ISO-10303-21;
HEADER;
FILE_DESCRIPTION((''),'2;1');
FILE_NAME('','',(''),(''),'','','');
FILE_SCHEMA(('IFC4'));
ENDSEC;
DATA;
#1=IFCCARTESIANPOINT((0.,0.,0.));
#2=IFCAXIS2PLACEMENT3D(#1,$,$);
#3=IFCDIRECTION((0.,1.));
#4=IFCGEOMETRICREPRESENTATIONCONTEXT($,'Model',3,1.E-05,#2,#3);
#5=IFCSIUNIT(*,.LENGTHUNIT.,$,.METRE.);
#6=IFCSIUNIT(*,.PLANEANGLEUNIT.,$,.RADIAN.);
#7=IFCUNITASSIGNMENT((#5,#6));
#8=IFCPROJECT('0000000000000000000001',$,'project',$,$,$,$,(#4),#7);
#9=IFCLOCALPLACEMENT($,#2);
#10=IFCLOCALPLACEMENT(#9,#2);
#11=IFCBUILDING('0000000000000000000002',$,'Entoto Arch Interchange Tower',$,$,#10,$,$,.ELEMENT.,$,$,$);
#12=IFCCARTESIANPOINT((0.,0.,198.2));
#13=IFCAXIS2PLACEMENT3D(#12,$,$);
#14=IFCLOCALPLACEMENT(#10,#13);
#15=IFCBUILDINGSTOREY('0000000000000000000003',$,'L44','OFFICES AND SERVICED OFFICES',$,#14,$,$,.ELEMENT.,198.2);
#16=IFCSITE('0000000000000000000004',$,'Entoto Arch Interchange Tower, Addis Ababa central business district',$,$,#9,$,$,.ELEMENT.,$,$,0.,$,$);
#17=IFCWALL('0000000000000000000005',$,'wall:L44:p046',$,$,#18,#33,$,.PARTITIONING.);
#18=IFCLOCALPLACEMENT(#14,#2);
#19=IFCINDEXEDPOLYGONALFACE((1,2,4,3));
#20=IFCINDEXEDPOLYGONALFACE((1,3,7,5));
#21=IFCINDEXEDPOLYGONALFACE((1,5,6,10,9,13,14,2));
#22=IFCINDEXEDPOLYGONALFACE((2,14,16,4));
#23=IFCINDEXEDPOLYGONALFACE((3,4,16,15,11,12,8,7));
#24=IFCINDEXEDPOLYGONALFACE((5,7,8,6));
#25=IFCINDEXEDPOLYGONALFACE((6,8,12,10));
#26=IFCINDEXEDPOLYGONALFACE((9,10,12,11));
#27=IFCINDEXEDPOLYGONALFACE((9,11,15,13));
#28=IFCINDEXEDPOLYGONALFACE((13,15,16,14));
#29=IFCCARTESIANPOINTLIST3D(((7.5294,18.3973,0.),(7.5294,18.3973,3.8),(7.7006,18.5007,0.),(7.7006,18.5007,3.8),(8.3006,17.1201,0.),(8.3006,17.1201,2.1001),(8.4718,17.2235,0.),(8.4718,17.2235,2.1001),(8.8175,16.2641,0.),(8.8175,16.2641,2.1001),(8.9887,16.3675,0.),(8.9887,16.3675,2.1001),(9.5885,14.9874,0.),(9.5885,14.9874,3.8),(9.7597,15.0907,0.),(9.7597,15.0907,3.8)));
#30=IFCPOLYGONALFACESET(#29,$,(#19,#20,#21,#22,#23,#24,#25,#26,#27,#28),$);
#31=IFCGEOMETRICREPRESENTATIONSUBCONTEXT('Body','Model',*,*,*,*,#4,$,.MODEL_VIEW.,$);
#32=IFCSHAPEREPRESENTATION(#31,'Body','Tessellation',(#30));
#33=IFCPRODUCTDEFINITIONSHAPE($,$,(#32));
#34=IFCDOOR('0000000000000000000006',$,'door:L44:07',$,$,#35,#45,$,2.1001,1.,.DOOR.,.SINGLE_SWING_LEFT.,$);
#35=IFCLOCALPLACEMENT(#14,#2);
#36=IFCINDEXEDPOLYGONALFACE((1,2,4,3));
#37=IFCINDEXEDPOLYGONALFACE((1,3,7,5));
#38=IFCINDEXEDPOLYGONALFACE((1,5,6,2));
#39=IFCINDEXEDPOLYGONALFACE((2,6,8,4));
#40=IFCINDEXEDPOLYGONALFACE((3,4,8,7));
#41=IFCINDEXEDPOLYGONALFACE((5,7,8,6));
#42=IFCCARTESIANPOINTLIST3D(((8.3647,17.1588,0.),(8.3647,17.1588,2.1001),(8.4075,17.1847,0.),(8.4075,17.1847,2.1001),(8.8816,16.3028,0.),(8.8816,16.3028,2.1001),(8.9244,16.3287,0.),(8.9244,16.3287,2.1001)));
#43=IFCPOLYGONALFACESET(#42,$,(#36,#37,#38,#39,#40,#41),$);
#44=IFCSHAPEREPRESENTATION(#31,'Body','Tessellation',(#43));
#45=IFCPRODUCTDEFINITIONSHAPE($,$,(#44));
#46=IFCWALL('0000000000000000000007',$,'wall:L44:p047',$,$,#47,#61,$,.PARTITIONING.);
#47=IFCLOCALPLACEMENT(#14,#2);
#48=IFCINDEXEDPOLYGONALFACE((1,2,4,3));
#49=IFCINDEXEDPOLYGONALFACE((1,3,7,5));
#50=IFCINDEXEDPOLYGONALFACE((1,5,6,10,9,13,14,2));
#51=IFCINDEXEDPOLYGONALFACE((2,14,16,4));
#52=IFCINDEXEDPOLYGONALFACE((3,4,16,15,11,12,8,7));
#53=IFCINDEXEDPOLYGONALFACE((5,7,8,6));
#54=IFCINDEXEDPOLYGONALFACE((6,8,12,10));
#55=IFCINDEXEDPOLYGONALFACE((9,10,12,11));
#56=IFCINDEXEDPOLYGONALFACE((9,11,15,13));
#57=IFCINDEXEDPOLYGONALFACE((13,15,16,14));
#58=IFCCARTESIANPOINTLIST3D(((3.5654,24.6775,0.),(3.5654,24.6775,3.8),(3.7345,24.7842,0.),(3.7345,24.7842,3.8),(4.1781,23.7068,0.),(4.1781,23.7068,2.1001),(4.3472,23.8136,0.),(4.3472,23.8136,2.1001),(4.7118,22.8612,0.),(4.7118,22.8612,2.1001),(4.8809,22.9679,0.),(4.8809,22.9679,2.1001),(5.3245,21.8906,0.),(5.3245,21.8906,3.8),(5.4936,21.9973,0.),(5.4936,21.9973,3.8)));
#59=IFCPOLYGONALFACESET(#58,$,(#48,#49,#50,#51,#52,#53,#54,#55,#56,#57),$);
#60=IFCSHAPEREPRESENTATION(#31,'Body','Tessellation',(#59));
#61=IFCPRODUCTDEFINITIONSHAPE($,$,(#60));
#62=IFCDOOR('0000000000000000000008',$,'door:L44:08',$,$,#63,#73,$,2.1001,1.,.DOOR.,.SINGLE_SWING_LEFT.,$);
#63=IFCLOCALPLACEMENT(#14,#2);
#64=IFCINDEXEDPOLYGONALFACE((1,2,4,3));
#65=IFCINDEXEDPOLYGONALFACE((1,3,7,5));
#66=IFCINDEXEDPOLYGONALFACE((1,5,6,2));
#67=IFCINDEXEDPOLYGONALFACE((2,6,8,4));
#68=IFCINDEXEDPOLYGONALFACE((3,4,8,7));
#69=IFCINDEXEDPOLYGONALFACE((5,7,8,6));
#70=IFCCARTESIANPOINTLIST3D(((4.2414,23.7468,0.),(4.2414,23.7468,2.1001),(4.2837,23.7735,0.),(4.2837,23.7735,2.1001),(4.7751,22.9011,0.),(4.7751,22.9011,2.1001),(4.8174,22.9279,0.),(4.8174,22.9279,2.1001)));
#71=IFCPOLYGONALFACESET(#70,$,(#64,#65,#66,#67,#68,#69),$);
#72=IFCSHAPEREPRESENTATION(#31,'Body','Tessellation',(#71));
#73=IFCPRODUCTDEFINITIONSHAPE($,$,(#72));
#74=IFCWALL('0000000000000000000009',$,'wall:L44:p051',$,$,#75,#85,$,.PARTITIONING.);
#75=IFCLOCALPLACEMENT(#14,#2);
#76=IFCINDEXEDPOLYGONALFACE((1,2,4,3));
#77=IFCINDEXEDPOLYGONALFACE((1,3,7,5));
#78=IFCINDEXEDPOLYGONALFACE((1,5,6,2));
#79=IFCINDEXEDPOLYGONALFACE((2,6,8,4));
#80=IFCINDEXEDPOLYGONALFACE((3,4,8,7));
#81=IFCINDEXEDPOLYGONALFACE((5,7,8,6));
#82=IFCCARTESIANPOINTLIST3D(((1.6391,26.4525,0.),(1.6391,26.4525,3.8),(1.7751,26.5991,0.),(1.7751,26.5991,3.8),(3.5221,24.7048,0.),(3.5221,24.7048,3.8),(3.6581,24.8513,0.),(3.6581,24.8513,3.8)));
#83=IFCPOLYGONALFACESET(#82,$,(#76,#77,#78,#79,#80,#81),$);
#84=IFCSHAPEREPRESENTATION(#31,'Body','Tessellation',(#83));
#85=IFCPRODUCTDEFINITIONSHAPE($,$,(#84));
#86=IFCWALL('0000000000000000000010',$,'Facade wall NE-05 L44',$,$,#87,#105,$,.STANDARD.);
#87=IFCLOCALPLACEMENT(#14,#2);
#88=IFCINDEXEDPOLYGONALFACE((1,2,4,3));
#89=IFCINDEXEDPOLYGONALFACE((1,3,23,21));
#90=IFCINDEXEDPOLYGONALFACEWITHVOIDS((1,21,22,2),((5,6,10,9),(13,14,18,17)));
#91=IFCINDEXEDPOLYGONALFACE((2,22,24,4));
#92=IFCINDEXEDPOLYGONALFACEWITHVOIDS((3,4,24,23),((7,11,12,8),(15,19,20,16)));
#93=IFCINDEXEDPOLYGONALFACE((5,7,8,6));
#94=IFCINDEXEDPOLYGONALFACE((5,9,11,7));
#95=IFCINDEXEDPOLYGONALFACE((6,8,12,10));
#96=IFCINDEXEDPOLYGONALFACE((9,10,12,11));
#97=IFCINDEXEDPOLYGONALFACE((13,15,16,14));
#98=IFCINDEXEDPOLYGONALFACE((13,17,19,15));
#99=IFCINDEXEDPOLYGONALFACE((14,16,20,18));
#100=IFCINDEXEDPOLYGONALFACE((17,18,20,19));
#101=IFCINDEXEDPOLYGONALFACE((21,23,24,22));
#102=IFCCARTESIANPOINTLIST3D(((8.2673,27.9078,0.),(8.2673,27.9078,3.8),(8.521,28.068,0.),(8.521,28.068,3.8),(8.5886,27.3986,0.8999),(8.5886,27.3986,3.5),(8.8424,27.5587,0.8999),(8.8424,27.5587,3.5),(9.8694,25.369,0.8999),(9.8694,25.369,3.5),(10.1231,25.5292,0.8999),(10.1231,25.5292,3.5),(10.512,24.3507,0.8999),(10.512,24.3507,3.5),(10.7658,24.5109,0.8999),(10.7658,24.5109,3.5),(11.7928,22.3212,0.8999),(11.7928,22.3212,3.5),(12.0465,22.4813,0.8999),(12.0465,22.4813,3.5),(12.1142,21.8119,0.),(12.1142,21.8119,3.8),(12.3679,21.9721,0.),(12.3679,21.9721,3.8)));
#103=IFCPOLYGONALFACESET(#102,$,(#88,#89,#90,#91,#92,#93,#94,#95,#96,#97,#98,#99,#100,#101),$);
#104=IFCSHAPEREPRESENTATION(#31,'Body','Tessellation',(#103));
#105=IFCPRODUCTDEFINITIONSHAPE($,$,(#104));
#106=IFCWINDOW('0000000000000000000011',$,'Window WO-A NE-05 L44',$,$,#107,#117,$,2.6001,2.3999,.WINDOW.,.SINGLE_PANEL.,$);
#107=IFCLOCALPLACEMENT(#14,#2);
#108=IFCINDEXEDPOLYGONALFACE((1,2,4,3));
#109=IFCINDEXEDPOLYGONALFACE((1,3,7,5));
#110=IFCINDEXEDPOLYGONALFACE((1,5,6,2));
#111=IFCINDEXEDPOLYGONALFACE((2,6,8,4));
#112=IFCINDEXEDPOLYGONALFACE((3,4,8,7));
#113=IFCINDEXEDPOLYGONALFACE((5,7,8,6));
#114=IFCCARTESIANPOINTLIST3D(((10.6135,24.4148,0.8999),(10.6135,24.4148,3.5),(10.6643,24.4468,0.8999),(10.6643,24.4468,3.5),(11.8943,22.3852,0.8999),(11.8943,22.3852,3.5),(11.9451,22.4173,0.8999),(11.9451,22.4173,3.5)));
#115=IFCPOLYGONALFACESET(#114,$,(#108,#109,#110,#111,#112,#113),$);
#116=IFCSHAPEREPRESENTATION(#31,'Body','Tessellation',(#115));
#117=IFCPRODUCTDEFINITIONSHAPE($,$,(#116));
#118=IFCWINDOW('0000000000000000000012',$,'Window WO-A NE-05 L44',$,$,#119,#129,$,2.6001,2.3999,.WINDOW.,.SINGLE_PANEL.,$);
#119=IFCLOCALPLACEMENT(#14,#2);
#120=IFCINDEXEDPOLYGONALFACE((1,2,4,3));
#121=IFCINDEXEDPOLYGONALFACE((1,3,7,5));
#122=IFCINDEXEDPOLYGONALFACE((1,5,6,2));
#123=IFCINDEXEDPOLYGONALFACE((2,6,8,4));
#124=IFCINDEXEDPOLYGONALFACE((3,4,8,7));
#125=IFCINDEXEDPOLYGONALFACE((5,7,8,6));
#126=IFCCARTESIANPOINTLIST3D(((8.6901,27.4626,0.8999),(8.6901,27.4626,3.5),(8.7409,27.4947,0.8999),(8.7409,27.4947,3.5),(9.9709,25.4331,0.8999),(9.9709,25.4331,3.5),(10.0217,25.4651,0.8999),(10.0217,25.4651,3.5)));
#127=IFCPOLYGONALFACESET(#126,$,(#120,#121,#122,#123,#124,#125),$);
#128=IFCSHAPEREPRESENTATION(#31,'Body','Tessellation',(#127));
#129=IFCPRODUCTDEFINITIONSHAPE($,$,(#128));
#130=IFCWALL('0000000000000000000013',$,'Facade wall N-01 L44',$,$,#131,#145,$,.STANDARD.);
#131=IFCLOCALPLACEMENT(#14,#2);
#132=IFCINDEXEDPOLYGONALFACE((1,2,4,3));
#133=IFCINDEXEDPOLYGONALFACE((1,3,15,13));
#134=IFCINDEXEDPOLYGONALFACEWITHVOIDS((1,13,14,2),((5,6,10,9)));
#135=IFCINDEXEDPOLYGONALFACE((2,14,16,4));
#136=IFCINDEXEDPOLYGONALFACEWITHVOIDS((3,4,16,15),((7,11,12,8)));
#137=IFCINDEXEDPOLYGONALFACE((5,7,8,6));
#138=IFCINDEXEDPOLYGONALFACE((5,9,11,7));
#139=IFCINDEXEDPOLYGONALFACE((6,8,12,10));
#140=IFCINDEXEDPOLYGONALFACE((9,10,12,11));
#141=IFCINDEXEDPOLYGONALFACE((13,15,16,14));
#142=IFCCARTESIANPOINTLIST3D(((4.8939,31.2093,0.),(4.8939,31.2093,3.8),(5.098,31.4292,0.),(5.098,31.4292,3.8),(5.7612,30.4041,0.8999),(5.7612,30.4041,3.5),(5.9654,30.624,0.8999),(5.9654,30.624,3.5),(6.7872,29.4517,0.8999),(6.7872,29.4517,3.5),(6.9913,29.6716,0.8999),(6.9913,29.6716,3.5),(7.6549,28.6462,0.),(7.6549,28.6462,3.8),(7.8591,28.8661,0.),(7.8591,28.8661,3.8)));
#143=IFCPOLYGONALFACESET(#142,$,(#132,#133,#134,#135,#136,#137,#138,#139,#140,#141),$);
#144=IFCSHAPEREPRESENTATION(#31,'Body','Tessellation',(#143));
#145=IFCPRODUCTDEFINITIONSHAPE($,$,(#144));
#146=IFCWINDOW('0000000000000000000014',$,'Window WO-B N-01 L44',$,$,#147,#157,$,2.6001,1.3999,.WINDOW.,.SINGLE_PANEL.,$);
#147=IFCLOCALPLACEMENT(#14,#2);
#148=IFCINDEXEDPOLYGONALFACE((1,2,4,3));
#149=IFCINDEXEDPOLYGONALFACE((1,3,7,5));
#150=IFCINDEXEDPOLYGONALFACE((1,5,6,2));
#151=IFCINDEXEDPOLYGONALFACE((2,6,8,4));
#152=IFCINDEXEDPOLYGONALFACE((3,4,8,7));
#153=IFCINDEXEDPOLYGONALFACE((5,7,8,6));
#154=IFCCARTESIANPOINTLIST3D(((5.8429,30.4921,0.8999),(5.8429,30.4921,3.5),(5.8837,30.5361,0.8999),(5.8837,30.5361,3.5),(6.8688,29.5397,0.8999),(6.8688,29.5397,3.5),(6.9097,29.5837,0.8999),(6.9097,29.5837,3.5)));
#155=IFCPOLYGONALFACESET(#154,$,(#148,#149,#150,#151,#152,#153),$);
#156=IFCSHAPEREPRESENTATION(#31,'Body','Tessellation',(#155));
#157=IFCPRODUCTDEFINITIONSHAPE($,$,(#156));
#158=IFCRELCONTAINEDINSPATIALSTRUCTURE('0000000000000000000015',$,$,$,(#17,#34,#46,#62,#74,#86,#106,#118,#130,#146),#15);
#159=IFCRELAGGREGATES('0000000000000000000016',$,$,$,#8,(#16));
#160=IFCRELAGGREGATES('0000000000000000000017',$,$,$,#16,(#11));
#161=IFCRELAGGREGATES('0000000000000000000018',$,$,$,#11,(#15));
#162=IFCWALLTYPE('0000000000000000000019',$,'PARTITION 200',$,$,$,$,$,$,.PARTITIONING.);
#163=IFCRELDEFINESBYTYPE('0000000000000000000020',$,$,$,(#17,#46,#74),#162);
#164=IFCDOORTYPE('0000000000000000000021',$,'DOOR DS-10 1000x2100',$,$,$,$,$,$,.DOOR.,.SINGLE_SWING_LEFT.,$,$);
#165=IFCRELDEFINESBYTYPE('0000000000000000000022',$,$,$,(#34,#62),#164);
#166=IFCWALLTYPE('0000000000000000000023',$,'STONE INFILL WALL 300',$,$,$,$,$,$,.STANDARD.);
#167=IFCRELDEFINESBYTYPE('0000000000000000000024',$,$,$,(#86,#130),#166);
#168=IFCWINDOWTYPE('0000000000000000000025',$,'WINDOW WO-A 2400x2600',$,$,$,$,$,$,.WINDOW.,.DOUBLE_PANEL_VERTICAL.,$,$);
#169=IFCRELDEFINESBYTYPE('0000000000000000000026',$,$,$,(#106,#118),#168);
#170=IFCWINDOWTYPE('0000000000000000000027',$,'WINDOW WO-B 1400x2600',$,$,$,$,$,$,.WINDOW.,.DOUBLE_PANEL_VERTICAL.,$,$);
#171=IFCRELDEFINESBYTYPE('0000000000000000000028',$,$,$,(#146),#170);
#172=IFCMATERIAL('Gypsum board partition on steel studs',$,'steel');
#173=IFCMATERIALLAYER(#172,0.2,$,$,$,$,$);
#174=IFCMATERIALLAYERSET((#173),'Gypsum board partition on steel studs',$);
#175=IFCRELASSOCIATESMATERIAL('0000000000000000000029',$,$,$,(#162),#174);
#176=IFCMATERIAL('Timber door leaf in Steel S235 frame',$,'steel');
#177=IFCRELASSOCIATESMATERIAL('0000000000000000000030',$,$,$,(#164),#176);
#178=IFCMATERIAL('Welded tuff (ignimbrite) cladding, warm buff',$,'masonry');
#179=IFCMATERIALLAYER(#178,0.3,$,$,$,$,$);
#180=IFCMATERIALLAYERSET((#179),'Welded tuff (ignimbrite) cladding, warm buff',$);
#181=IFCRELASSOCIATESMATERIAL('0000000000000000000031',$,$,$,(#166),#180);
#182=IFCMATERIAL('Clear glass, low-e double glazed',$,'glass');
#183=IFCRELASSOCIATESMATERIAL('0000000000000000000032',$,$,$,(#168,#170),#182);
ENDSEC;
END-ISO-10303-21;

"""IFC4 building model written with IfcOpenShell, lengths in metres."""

from ifc_helpers import new_model, si_unit, direction, frame, frame_2d, origin, place, context, subcontext, project, spatial, rectangle, extrude, material, layer, layer_set, type_object, element, fill, save


model = new_model("IFC4")

# Units and contexts
model_context = context("Model", 3, precision=1e-05, world=origin(), true_north=direction((0.0, 1.0)))
body_context = subcontext(model_context, "Body", "Model", "MODEL_VIEW")
ifc_project = project(units=[si_unit("LENGTHUNIT", "METRE"), si_unit("PLANEANGLEUNIT", "RADIAN")], contexts=[model_context])

# Site, building, storey
site_placement = place(None, origin())
site = spatial("IfcSite", under=ifc_project, at=site_placement, Name="Entoto Arch Interchange Tower, Addis Ababa central business district", CompositionType="ELEMENT", RefElevation=0.0)
building_placement = place(site_placement, origin())
building = spatial("IfcBuilding", under=site, at=building_placement, Name="Entoto Arch Interchange Tower", CompositionType="ELEMENT")
storey_placement = place(building_placement, frame((0.0, 0.0, 198.2)))
storey = spatial("IfcBuildingStorey", under=building, at=storey_placement, Name="L44", Description="OFFICES AND SERVICED OFFICES", CompositionType="ELEMENT", Elevation=198.2)

# Shared definitions
ifc_material_1 = material(Name="Gypsum board partition on steel studs", Category="steel")

# Shared definitions
ifc_layer_1 = layer(ifc_material_1, 0.2)
ifc_layer_set_1 = layer_set([ifc_layer_1], Name="Gypsum board partition on steel studs")
wall_type_1 = type_object("IfcWallType", Name="PARTITION 200", PredefinedType="PARTITIONING", material=ifc_layer_set_1)
ifc_material_2 = material(Name="Timber door leaf in Steel S235 frame", Category="steel")
door_type = type_object("IfcDoorType", Name="DOOR DS-10 1000x2100", OperationType="SINGLE_SWING_LEFT", PredefinedType="DOOR", material=ifc_material_2)

# Walls, openings, doors
wall_1_placement = place(storey_placement, frame((7.615, 18.449, 0.0), z_axis=(0.0, 0.0, 1.0), x_axis=(0.516918, -0.856035, 0.0)))
wall_1 = element("IfcWall", 1, at=wall_1_placement, inside=storey, type_object=wall_type_1, Name="wall:L44:p046", PredefinedType="PARTITIONING", context=body_context, shape_type="SweptSolid", body=[
    extrude(rectangle(XDim=3.9834, YDim=0.2, at=frame_2d((1.9917, 0.0))), origin(), (0.0, 0.0, 1.0), 3.8),
])
opening_1_placement = place(wall_1_placement, frame((1.4919, 0.0, 0.0)))
opening_1 = element("IfcOpeningElement", 2, at=opening_1_placement, cuts=wall_1, PredefinedType="OPENING", context=body_context, shape_type="SweptSolid", body=[
    extrude(rectangle(XDim=1.0, YDim=2.1001, at=frame_2d((0.5, 1.05))), frame((0.0, 0.1099, 0.0), z_axis=(0.0, -1.0, 0.0), x_axis=(1.0, 0.0, 0.0)), (0.0, 0.0, 1.0), 0.22),
])
door_1_placement = place(opening_1_placement, origin())
door_1 = element("IfcDoor", 3, at=door_1_placement, inside=storey, type_object=door_type, Name="door:L44:07", OperationType="SINGLE_SWING_LEFT", OverallHeight=2.1001, OverallWidth=1.0, PredefinedType="DOOR", context=body_context, shape_type="SweptSolid", body=[
    extrude(rectangle(XDim=1.0, YDim=2.1001, at=frame_2d((0.5, 1.05))), frame((0.0, 0.0249, 0.0), z_axis=(0.0, -1.0, 0.0), x_axis=(1.0, 0.0, 0.0)), (0.0, 0.0, 1.0), 0.05),
])
fill(opening_1, door_1)
wall_2_placement = place(storey_placement, frame((3.6499, 24.731, 0.0), z_axis=(0.0, 0.0, 1.0), x_axis=(0.533756, -0.845638, 0.0)))
wall_2 = element("IfcWall", 4, at=wall_2_placement, inside=storey, type_object=wall_type_1, Name="wall:L44:p047", PredefinedType="PARTITIONING", context=body_context, shape_type="SweptSolid", body=[
    extrude(rectangle(XDim=3.2957, YDim=0.2, at=frame_2d((1.6479, 0.0))), origin(), (0.0, 0.0, 1.0), 3.8),
])
opening_2_placement = place(wall_2_placement, frame((1.1479, 0.0, 0.0)))
opening_2 = element("IfcOpeningElement", 5, at=opening_2_placement, cuts=wall_2, PredefinedType="OPENING", context=body_context, shape_type="SweptSolid", body=[
    extrude(rectangle(XDim=1.0, YDim=2.1001, at=frame_2d((0.5, 1.05))), frame((0.0, 0.1099, 0.0), z_axis=(0.0, -1.0, 0.0), x_axis=(1.0, 0.0, 0.0)), (0.0, 0.0, 1.0), 0.22),
])
door_2_placement = place(opening_2_placement, origin())
door_2 = element("IfcDoor", 6, at=door_2_placement, inside=storey, type_object=door_type, Name="door:L44:08", OperationType="SINGLE_SWING_LEFT", OverallHeight=2.1001, OverallWidth=1.0, PredefinedType="DOOR", context=body_context, shape_type="SweptSolid", body=[
    extrude(rectangle(XDim=1.0, YDim=2.1001, at=frame_2d((0.5, 1.05))), frame((0.0, 0.0249, 0.0), z_axis=(0.0, -1.0, 0.0), x_axis=(1.0, 0.0, 0.0)), (0.0, 0.0, 1.0), 0.05),
])
fill(opening_2, door_2)

# Wall
wall_3_placement = place(storey_placement, frame((1.707, 26.5259, 0.0), z_axis=(0.0, 0.0, 1.0), x_axis=(0.732939, -0.680294, 0.0)))
element("IfcWall", 7, at=wall_3_placement, inside=storey, type_object=wall_type_1, Name="wall:L44:p051", PredefinedType="PARTITIONING", context=body_context, shape_type="SweptSolid", body=[
    extrude(rectangle(XDim=2.5691, YDim=0.2, at=frame_2d((1.2847, 0.0))), origin(), (0.0, 0.0, 1.0), 3.8),
])

# Wall, openings, windows
ifc_material_3 = material(Name="Welded tuff (ignimbrite) cladding, warm buff", Category="masonry")
ifc_layer_2 = layer(ifc_material_3, 0.3)
ifc_layer_set_2 = layer_set([ifc_layer_2], Name="Welded tuff (ignimbrite) cladding, warm buff")
wall_type_2 = type_object("IfcWallType", Name="STONE INFILL WALL 300", PredefinedType="STANDARD", material=ifc_layer_set_2)
wall_4_placement = place(storey_placement, frame((12.241, 21.8921, 0.0), z_axis=(0.0, 0.0, 1.0), x_axis=(-0.533681, 0.845686, 0.0)))
wall_4 = element("IfcWall", 8, at=wall_4_placement, inside=storey, type_object=wall_type_2, Name="Facade wall NE-05 L44", PredefinedType="STANDARD", context=body_context, shape_type="SweptSolid", body=[
    extrude(rectangle(XDim=7.2083, YDim=0.3, at=frame_2d((3.604, 0.0))), origin(), (0.0, 0.0, 1.0), 3.8),
])
opening_3_placement = place(wall_4_placement, frame((0.6021, 0.0, 0.8999)))
opening_3 = element("IfcOpeningElement", 9, at=opening_3_placement, cuts=wall_4, PredefinedType="OPENING", context=body_context, shape_type="SweptSolid", body=[
    extrude(rectangle(XDim=2.3999, YDim=2.6001, at=frame_2d((1.2, 1.3))), frame((0.0, 0.1602, 0.0), z_axis=(0.0, -1.0, 0.0), x_axis=(1.0, 0.0, 0.0)), (0.0, 0.0, 1.0), 0.3201),
])
opening_4_placement = place(wall_4_placement, frame((4.2061, 0.0, 0.8999)))
opening_4 = element("IfcOpeningElement", 10, at=opening_4_placement, cuts=wall_4, PredefinedType="OPENING", context=body_context, shape_type="SweptSolid", body=[
    extrude(rectangle(XDim=2.3999, YDim=2.6001, at=frame_2d((1.2, 1.3))), frame((0.0, 0.1602, 0.0), z_axis=(0.0, -1.0, 0.0), x_axis=(1.0, 0.0, 0.0)), (0.0, 0.0, 1.0), 0.3201),
])
ifc_material_4 = material(Name="Clear glass, low-e double glazed", Category="glass")
window_type_1 = type_object("IfcWindowType", Name="WINDOW WO-A 2400x2600", PartitioningType="DOUBLE_PANEL_VERTICAL", PredefinedType="WINDOW", material=ifc_material_4)
window_1_placement = place(opening_3_placement, origin())
window_1 = element("IfcWindow", 11, at=window_1_placement, inside=storey, type_object=window_type_1, Name="Window WO-A NE-05 L44", OverallHeight=2.6001, OverallWidth=2.3999, PartitioningType="SINGLE_PANEL", PredefinedType="WINDOW", context=body_context, shape_type="SweptSolid", body=[
    extrude(rectangle(XDim=2.3999, YDim=2.6001, at=frame_2d((1.2, 1.3))), frame((0.0, 0.03, 0.0), z_axis=(0.0, -1.0, 0.0), x_axis=(1.0, 0.0, 0.0)), (0.0, 0.0, 1.0), 0.0601),
])
fill(opening_3, window_1)
window_2_placement = place(opening_4_placement, origin())
window_2 = element("IfcWindow", 12, at=window_2_placement, inside=storey, type_object=window_type_1, Name="Window WO-A NE-05 L44", OverallHeight=2.6001, OverallWidth=2.3999, PartitioningType="SINGLE_PANEL", PredefinedType="WINDOW", context=body_context, shape_type="SweptSolid", body=[
    extrude(rectangle(XDim=2.3999, YDim=2.6001, at=frame_2d((1.2, 1.3))), frame((0.0, 0.03, 0.0), z_axis=(0.0, -1.0, 0.0), x_axis=(1.0, 0.0, 0.0)), (0.0, 0.0, 1.0), 0.0601),
])
fill(opening_4, window_2)

# Wall, opening, window
wall_5_placement = place(storey_placement, frame((7.7571, 28.7561, 0.0), z_axis=(0.0, 0.0, 1.0), x_axis=(-0.732897, 0.680339, 0.0)))
wall_5 = element("IfcWall", 13, at=wall_5_placement, inside=storey, type_object=wall_type_2, Name="Facade wall N-01 L44", PredefinedType="STANDARD", context=body_context, shape_type="SweptSolid", body=[
    extrude(rectangle(XDim=3.7673, YDim=0.3, at=frame_2d((1.8838, 0.0))), origin(), (0.0, 0.0, 1.0), 3.8),
])
opening_5_placement = place(wall_5_placement, frame((1.1841, 0.0, 0.8999)))
opening_5 = element("IfcOpeningElement", 14, at=opening_5_placement, cuts=wall_5, PredefinedType="OPENING", context=body_context, shape_type="SweptSolid", body=[
    extrude(rectangle(XDim=1.3999, YDim=2.6001, at=frame_2d((0.7, 1.3))), frame((0.0, 0.1602, 0.0), z_axis=(0.0, -1.0, 0.0), x_axis=(1.0, 0.0, 0.0)), (0.0, 0.0, 1.0), 0.3201),
])
window_type_2 = type_object("IfcWindowType", Name="WINDOW WO-B 1400x2600", PartitioningType="DOUBLE_PANEL_VERTICAL", PredefinedType="WINDOW", material=ifc_material_4)
window_3_placement = place(opening_5_placement, origin())
window_3 = element("IfcWindow", 15, at=window_3_placement, inside=storey, type_object=window_type_2, Name="Window WO-B N-01 L44", OverallHeight=2.6001, OverallWidth=1.3999, PartitioningType="SINGLE_PANEL", PredefinedType="WINDOW", context=body_context, shape_type="SweptSolid", body=[
    extrude(rectangle(XDim=1.3999, YDim=2.6001, at=frame_2d((0.7, 1.3))), frame((0.0, 0.03, 0.0), z_axis=(0.0, -1.0, 0.0), x_axis=(1.0, 0.0, 0.0)), (0.0, 0.0, 1.0), 0.0601),
])
fill(opening_5, window_3)

save(model, "model.ifc")
